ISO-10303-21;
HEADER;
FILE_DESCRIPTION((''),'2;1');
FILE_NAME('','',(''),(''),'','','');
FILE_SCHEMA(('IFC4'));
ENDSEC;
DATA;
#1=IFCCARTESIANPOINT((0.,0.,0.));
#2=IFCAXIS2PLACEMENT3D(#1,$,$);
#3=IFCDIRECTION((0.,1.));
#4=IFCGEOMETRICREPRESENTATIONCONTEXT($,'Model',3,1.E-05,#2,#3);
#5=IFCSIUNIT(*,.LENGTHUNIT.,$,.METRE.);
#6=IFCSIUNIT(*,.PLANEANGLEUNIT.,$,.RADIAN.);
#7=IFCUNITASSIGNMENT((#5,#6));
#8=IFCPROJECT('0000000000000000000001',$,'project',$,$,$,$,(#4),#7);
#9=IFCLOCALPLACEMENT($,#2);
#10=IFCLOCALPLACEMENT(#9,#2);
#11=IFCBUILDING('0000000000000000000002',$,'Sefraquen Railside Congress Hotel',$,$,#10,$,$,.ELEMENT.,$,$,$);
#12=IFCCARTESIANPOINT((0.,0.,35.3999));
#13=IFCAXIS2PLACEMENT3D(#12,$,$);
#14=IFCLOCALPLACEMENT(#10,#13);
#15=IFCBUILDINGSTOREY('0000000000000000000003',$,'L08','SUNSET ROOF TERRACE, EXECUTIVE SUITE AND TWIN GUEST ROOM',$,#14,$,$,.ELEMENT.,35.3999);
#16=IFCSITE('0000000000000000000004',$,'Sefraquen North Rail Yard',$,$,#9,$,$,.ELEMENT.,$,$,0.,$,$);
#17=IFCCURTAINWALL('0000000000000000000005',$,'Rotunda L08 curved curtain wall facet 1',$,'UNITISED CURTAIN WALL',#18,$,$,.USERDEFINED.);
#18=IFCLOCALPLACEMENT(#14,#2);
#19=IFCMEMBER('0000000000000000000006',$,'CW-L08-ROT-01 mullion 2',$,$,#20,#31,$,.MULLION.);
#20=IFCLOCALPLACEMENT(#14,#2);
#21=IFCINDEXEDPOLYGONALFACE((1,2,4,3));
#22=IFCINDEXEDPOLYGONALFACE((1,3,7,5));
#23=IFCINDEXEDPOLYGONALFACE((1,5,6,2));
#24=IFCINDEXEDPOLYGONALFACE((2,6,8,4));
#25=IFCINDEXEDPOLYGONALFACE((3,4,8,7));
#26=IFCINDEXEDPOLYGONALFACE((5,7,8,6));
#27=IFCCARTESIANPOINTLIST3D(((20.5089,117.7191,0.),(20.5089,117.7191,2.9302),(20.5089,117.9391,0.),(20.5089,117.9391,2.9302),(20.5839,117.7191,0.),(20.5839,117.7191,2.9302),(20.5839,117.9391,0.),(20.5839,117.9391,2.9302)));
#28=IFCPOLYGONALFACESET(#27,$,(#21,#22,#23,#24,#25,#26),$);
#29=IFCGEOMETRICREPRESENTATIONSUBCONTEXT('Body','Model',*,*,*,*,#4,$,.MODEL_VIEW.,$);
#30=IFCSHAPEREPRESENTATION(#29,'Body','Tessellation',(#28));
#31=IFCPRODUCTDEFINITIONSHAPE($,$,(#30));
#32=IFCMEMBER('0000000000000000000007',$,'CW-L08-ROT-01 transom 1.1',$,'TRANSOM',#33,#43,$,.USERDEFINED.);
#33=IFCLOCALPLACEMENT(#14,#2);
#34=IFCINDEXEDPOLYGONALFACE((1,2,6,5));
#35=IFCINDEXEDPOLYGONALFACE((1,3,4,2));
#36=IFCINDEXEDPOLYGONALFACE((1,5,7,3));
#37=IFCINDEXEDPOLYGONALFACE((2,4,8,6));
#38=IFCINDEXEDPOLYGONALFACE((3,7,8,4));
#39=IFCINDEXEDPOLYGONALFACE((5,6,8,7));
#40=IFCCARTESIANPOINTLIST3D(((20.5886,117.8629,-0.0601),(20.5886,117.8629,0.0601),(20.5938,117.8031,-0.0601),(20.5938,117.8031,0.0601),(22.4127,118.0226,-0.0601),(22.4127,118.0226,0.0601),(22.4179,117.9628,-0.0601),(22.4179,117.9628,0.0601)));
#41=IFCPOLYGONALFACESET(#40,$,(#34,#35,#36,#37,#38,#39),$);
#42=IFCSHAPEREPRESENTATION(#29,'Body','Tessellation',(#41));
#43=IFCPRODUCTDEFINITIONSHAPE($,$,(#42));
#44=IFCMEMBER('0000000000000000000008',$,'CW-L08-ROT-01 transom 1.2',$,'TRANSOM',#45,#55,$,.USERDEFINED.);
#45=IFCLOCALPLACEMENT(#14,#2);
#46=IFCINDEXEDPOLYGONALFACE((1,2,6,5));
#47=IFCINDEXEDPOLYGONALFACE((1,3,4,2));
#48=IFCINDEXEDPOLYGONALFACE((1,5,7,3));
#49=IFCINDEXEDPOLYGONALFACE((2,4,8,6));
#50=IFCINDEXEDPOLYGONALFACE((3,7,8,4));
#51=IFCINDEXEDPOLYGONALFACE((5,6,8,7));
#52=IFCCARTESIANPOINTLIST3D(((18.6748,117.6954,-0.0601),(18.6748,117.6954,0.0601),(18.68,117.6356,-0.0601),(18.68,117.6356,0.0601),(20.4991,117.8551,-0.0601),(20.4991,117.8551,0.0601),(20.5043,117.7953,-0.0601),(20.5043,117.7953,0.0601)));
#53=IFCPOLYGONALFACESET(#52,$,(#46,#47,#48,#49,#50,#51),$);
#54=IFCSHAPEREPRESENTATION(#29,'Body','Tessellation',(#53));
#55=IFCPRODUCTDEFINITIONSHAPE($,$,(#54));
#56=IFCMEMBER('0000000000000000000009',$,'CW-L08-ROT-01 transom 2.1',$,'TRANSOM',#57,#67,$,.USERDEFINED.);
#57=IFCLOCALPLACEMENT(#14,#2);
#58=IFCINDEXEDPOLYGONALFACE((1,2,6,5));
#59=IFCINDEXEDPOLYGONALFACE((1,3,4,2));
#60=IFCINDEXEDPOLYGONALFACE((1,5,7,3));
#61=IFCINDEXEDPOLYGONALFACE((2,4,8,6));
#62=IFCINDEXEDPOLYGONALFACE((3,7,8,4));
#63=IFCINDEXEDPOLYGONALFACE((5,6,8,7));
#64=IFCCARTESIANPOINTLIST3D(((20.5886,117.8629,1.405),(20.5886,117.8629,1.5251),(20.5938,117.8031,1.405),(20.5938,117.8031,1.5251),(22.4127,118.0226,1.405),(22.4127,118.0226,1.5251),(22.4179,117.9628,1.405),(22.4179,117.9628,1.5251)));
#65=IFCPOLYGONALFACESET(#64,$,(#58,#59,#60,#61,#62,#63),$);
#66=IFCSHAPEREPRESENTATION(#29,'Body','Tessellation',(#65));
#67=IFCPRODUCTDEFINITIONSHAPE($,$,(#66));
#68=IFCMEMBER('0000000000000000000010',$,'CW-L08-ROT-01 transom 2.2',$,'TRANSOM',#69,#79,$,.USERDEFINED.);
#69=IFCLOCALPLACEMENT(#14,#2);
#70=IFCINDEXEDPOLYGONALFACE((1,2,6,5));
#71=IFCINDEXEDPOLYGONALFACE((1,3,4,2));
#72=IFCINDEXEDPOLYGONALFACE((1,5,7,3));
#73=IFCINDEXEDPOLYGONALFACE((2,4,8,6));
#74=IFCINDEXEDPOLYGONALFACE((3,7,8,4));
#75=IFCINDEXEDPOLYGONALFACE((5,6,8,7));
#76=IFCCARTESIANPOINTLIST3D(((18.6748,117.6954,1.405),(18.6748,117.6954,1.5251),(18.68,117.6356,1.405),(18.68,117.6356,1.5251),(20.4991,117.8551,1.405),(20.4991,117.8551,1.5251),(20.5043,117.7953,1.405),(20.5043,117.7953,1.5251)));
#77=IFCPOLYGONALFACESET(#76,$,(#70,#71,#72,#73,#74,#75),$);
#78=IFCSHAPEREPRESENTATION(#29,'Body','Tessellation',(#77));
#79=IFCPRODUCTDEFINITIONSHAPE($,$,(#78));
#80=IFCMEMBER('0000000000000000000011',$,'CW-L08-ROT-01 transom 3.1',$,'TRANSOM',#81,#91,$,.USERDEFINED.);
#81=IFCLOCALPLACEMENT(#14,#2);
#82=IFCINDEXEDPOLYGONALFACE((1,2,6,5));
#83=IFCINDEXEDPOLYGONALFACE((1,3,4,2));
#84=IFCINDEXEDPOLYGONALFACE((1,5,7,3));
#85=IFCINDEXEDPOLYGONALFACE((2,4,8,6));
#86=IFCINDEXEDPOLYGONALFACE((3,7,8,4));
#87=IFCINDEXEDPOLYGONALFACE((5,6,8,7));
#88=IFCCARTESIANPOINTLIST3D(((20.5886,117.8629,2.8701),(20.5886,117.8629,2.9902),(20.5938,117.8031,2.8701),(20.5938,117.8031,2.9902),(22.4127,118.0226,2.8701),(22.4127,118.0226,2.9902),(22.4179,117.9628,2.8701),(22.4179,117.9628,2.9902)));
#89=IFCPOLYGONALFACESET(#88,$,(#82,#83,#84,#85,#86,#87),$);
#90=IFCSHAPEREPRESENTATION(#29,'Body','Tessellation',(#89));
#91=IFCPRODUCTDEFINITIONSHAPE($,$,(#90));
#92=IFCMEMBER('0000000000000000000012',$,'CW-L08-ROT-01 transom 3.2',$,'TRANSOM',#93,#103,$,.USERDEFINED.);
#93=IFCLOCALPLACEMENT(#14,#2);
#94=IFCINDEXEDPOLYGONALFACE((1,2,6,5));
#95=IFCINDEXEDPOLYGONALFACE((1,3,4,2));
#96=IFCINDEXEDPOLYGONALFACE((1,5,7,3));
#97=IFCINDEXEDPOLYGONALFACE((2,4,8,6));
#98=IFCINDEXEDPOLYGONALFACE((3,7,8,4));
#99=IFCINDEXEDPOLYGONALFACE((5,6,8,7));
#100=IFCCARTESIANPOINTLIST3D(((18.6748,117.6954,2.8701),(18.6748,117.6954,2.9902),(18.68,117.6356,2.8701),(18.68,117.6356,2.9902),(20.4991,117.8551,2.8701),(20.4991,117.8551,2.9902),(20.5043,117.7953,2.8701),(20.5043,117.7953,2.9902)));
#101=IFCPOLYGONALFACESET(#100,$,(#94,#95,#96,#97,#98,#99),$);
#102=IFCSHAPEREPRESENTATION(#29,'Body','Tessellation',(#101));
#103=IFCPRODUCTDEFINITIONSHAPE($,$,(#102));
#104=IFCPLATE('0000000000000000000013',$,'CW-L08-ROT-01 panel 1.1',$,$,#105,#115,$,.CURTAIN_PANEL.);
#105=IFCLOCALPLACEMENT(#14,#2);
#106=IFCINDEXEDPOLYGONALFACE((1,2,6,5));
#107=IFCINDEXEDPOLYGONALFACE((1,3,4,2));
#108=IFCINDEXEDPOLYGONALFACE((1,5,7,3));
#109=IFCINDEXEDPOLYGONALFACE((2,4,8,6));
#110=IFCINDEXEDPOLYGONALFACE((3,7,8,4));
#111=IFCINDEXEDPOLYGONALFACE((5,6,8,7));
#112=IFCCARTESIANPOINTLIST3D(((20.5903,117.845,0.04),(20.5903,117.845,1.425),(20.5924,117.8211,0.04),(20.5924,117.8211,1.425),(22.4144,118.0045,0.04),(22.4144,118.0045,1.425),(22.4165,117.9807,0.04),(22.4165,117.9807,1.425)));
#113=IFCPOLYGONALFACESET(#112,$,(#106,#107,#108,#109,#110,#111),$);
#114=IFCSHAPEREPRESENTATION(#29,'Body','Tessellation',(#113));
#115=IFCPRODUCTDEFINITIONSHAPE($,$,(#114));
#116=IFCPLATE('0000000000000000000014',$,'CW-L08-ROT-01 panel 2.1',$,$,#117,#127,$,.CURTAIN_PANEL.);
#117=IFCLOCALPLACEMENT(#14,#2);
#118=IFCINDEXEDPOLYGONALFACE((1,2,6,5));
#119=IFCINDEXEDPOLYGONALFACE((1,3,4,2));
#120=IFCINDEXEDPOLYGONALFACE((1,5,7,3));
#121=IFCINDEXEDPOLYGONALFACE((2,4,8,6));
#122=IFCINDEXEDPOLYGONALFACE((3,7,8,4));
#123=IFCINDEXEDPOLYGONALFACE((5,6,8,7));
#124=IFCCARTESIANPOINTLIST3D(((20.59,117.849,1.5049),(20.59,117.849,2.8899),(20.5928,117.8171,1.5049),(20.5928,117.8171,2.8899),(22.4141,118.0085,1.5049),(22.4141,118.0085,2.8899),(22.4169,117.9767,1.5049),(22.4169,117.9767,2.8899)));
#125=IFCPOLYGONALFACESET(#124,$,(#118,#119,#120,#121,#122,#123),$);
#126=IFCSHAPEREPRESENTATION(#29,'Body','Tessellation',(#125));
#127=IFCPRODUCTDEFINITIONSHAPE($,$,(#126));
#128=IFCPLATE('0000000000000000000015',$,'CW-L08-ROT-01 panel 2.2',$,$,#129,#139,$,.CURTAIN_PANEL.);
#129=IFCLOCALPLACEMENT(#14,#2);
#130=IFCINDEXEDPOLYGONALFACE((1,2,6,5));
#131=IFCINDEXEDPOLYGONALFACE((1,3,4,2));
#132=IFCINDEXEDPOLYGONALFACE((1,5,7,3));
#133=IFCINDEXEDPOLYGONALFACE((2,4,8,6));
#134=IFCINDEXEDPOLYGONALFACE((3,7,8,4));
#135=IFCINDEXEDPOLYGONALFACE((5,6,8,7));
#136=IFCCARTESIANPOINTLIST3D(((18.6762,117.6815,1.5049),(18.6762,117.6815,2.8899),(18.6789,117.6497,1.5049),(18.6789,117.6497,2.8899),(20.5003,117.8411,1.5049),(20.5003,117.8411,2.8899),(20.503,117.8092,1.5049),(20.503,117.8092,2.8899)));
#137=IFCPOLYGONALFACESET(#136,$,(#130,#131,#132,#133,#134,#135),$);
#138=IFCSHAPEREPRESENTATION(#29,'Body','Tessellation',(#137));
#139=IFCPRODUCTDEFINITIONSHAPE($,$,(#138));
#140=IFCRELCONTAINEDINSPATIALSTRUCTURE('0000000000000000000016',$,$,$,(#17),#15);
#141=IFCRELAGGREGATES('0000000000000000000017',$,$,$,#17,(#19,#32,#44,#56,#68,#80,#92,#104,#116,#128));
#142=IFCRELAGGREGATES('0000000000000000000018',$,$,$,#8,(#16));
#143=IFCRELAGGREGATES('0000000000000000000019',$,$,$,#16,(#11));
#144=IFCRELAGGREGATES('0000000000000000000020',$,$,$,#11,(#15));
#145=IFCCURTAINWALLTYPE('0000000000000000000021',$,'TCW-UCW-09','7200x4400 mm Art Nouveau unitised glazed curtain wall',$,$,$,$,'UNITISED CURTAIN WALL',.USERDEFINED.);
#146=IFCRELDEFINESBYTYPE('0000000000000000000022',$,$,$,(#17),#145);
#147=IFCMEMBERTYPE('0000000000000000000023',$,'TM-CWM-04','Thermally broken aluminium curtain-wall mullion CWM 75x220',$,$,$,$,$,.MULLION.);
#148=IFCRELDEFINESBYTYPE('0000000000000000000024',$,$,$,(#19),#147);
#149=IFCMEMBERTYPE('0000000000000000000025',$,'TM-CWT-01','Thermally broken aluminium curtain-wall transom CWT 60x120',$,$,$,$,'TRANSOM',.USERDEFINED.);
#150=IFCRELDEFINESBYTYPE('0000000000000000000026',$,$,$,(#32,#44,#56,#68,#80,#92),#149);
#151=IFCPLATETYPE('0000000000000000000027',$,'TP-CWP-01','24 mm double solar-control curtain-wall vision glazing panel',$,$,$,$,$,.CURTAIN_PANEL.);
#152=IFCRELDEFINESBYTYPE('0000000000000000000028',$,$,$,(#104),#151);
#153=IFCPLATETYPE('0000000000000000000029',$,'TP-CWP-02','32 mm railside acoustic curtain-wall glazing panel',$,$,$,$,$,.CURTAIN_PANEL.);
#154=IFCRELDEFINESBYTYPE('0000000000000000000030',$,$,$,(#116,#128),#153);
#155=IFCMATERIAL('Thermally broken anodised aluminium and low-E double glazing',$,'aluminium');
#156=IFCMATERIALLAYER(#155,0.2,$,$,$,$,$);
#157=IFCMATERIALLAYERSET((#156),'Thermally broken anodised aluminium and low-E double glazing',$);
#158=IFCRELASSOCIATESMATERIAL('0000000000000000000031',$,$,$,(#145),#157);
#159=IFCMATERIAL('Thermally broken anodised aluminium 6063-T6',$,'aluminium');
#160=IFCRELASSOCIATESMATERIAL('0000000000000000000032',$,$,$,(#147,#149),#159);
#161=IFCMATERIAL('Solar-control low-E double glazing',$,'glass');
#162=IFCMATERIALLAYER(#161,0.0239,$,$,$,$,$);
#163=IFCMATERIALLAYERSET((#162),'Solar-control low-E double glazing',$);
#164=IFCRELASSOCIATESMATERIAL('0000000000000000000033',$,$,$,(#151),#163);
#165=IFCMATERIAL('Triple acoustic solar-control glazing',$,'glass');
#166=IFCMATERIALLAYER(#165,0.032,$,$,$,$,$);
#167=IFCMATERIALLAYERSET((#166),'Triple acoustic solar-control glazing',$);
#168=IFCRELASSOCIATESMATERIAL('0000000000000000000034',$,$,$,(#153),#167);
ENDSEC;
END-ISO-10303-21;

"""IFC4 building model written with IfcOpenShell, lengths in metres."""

from ifc_helpers import new_model, si_unit, direction, frame, origin, origin_2d, place, context, subcontext, project, spatial, rectangle, extrude, material, layer, layer_set, material_profile, profile_set, type_object, element, aggregate, save


model = new_model("IFC4")

# Units and contexts
model_context = context("Model", 3, precision=1e-05, world=origin(), true_north=direction((0.0, 1.0)))
body_context = subcontext(model_context, "Body", "Model", "MODEL_VIEW")
ifc_project = project(units=[si_unit("LENGTHUNIT", "METRE"), si_unit("PLANEANGLEUNIT", "RADIAN")], contexts=[model_context])

# Site, building, storey
site_placement = place(None, origin())
site = spatial("IfcSite", under=ifc_project, at=site_placement, Name="Sefraquen North Rail Yard", CompositionType="ELEMENT", RefElevation=0.0)
building_placement = place(site_placement, origin())
building = spatial("IfcBuilding", under=site, at=building_placement, Name="Sefraquen Railside Congress Hotel", CompositionType="ELEMENT")
storey_placement = place(building_placement, frame((0.0, 0.0, 35.3999)))
storey = spatial("IfcBuildingStorey", under=building, at=storey_placement, Name="L08", Description="SUNSET ROOF TERRACE, EXECUTIVE SUITE AND TWIN GUEST ROOM", CompositionType="ELEMENT", Elevation=35.3999)

# Curtain wall, members, plates
ifc_material_1 = material(Name="Thermally broken anodised aluminium and low-E double glazing", Category="aluminium")
ifc_layer_1 = layer(ifc_material_1, 0.2)
ifc_layer_set_1 = layer_set([ifc_layer_1], Name="Thermally broken anodised aluminium and low-E double glazing")
curtain_wall_type = type_object("IfcCurtainWallType", Name="TCW-UCW-09", Description="7200x4400 mm Art Nouveau unitised glazed curtain wall", ElementType="UNITISED CURTAIN WALL", PredefinedType="USERDEFINED", material=ifc_layer_set_1)
curtain_wall_placement = place(storey_placement, origin())
curtain_wall = element("IfcCurtainWall", 1, at=curtain_wall_placement, inside=storey, type_object=curtain_wall_type, Name="Rotunda L08 curved curtain wall facet 1", ObjectType="UNITISED CURTAIN WALL", PredefinedType="USERDEFINED")
ifc_material_2 = material(Name="Thermally broken anodised aluminium 6063-T6", Category="aluminium")
ifc_material_profile_1 = material_profile(ifc_material_2, rectangle(XDim=0.075, YDim=0.22, at=origin_2d()), Name="CWM 75x220")
ifc_profile_set_1 = profile_set([ifc_material_profile_1], Name="Thermally broken anodised aluminium 6063-T6")
member_type_1 = type_object("IfcMemberType", Name="TM-CWM-04", Description="Thermally broken aluminium curtain-wall mullion CWM 75x220", PredefinedType="MULLION", material=ifc_profile_set_1)
member_1_placement = place(storey_placement, frame((20.5464, 117.8291, 0.0), z_axis=(0.0, 0.0, 1.0), x_axis=(1.0, 0.0, 0.0)))
member_1 = element("IfcMember", 2, at=member_1_placement, type_object=member_type_1, Name="CW-L08-ROT-01 mullion 2", PredefinedType="MULLION", context=body_context, shape_type="SweptSolid", body=[
    extrude(rectangle(XDim=0.075, YDim=0.22, at=origin_2d()), origin(), (0.0, 0.0, 1.0), 2.9302),
])
ifc_material_profile_2 = material_profile(ifc_material_2, rectangle(XDim=0.0601, YDim=0.1201, at=origin_2d()), Name="CWT 60x120")
ifc_profile_set_2 = profile_set([ifc_material_profile_2], Name="Thermally broken anodised aluminium 6063-T6")
member_type_2 = type_object("IfcMemberType", Name="TM-CWT-01", Description="Thermally broken aluminium curtain-wall transom CWT 60x120", ElementType="TRANSOM", PredefinedType="USERDEFINED", material=ifc_profile_set_2)
member_2_placement = place(storey_placement, frame((22.4153, 117.9927, 0.0), z_axis=(-0.99619, -0.087205, 0.0), x_axis=(0.087205, -0.99619, 0.0)))
member_2 = element("IfcMember", 3, at=member_2_placement, type_object=member_type_2, Name="CW-L08-ROT-01 transom 1.1", ObjectType="TRANSOM", PredefinedType="USERDEFINED", context=body_context, shape_type="SweptSolid", body=[
    extrude(rectangle(XDim=0.0601, YDim=0.1201, at=origin_2d()), origin(), (0.0, 0.0, 1.0), 1.8311),
])
member_3_placement = place(storey_placement, frame((20.5017, 117.8252, 0.0), z_axis=(-0.996191, -0.087193, 0.0), x_axis=(0.087193, -0.996191, 0.0)))
member_3 = element("IfcMember", 4, at=member_3_placement, type_object=member_type_2, Name="CW-L08-ROT-01 transom 1.2", ObjectType="TRANSOM", PredefinedType="USERDEFINED", context=body_context, shape_type="SweptSolid", body=[
    extrude(rectangle(XDim=0.0601, YDim=0.1201, at=origin_2d()), origin(), (0.0, 0.0, 1.0), 1.8313),
])
member_4_placement = place(storey_placement, frame((22.4153, 117.9927, 1.4651), z_axis=(-0.99619, -0.087205, 0.0), x_axis=(0.087205, -0.99619, 0.0)))
member_4 = element("IfcMember", 5, at=member_4_placement, type_object=member_type_2, Name="CW-L08-ROT-01 transom 2.1", ObjectType="TRANSOM", PredefinedType="USERDEFINED", context=body_context, shape_type="SweptSolid", body=[
    extrude(rectangle(XDim=0.0601, YDim=0.1201, at=origin_2d()), origin(), (0.0, 0.0, 1.0), 1.8311),
])
member_5_placement = place(storey_placement, frame((20.5017, 117.8252, 1.4651), z_axis=(-0.996191, -0.087193, 0.0), x_axis=(0.087193, -0.996191, 0.0)))
member_5 = element("IfcMember", 6, at=member_5_placement, type_object=member_type_2, Name="CW-L08-ROT-01 transom 2.2", ObjectType="TRANSOM", PredefinedType="USERDEFINED", context=body_context, shape_type="SweptSolid", body=[
    extrude(rectangle(XDim=0.0601, YDim=0.1201, at=origin_2d()), origin(), (0.0, 0.0, 1.0), 1.8313),
])
member_6_placement = place(storey_placement, frame((22.4153, 117.9927, 2.9302), z_axis=(-0.99619, -0.087205, 0.0), x_axis=(0.087205, -0.99619, 0.0)))
member_6 = element("IfcMember", 7, at=member_6_placement, type_object=member_type_2, Name="CW-L08-ROT-01 transom 3.1", ObjectType="TRANSOM", PredefinedType="USERDEFINED", context=body_context, shape_type="SweptSolid", body=[
    extrude(rectangle(XDim=0.0601, YDim=0.1201, at=origin_2d()), origin(), (0.0, 0.0, 1.0), 1.8311),
])
member_7_placement = place(storey_placement, frame((20.5017, 117.8252, 2.9302), z_axis=(-0.996191, -0.087193, 0.0), x_axis=(0.087193, -0.996191, 0.0)))
member_7 = element("IfcMember", 8, at=member_7_placement, type_object=member_type_2, Name="CW-L08-ROT-01 transom 3.2", ObjectType="TRANSOM", PredefinedType="USERDEFINED", context=body_context, shape_type="SweptSolid", body=[
    extrude(rectangle(XDim=0.0601, YDim=0.1201, at=origin_2d()), origin(), (0.0, 0.0, 1.0), 1.8313),
])
ifc_material_3 = material(Name="Solar-control low-E double glazing", Category="glass")
ifc_layer_2 = layer(ifc_material_3, 0.0239)
ifc_layer_set_2 = layer_set([ifc_layer_2], Name="Solar-control low-E double glazing")
plate_type_1 = type_object("IfcPlateType", Name="TP-CWP-01", Description="24 mm double solar-control curtain-wall vision glazing panel", PredefinedType="CURTAIN_PANEL", material=ifc_layer_set_2)
plate_1_placement = place(storey_placement, frame((21.5034, 117.9128, 0.04), z_axis=(0.0, 0.0, 1.0), x_axis=(-0.996196, -0.087138, 0.0)))
plate_1 = element("IfcPlate", 9, at=plate_1_placement, type_object=plate_type_1, Name="CW-L08-ROT-01 panel 1.1", PredefinedType="CURTAIN_PANEL", context=body_context, shape_type="SweptSolid", body=[
    extrude(rectangle(XDim=1.8311, YDim=0.0239, at=origin_2d()), origin(), (0.0, 0.0, 1.0), 1.385),
])
ifc_material_4 = material(Name="Triple acoustic solar-control glazing", Category="glass")
ifc_layer_3 = layer(ifc_material_4, 0.032)
ifc_layer_set_3 = layer_set([ifc_layer_3], Name="Triple acoustic solar-control glazing")
plate_type_2 = type_object("IfcPlateType", Name="TP-CWP-02", Description="32 mm railside acoustic curtain-wall glazing panel", PredefinedType="CURTAIN_PANEL", material=ifc_layer_set_3)
plate_2_placement = place(storey_placement, frame((21.5034, 117.9128, 1.5049), z_axis=(0.0, 0.0, 1.0), x_axis=(-0.996196, -0.087138, 0.0)))
plate_2 = element("IfcPlate", 10, at=plate_2_placement, type_object=plate_type_2, Name="CW-L08-ROT-01 panel 2.1", PredefinedType="CURTAIN_PANEL", context=body_context, shape_type="SweptSolid", body=[
    extrude(rectangle(XDim=1.8311, YDim=0.032, at=origin_2d()), origin(), (0.0, 0.0, 1.0), 1.385),
])
plate_3_placement = place(storey_placement, frame((19.5896, 117.7454, 1.5049), z_axis=(0.0, 0.0, 1.0), x_axis=(-0.996196, -0.087138, 0.0)))
plate_3 = element("IfcPlate", 11, at=plate_3_placement, type_object=plate_type_2, Name="CW-L08-ROT-01 panel 2.2", PredefinedType="CURTAIN_PANEL", context=body_context, shape_type="SweptSolid", body=[
    extrude(rectangle(XDim=1.8311, YDim=0.032, at=origin_2d()), origin(), (0.0, 0.0, 1.0), 1.385),
])
aggregate(curtain_wall, [member_1, member_2, member_3, member_4, member_5, member_6, member_7, plate_1, plate_2, plate_3])

save(model, "model.ifc")
